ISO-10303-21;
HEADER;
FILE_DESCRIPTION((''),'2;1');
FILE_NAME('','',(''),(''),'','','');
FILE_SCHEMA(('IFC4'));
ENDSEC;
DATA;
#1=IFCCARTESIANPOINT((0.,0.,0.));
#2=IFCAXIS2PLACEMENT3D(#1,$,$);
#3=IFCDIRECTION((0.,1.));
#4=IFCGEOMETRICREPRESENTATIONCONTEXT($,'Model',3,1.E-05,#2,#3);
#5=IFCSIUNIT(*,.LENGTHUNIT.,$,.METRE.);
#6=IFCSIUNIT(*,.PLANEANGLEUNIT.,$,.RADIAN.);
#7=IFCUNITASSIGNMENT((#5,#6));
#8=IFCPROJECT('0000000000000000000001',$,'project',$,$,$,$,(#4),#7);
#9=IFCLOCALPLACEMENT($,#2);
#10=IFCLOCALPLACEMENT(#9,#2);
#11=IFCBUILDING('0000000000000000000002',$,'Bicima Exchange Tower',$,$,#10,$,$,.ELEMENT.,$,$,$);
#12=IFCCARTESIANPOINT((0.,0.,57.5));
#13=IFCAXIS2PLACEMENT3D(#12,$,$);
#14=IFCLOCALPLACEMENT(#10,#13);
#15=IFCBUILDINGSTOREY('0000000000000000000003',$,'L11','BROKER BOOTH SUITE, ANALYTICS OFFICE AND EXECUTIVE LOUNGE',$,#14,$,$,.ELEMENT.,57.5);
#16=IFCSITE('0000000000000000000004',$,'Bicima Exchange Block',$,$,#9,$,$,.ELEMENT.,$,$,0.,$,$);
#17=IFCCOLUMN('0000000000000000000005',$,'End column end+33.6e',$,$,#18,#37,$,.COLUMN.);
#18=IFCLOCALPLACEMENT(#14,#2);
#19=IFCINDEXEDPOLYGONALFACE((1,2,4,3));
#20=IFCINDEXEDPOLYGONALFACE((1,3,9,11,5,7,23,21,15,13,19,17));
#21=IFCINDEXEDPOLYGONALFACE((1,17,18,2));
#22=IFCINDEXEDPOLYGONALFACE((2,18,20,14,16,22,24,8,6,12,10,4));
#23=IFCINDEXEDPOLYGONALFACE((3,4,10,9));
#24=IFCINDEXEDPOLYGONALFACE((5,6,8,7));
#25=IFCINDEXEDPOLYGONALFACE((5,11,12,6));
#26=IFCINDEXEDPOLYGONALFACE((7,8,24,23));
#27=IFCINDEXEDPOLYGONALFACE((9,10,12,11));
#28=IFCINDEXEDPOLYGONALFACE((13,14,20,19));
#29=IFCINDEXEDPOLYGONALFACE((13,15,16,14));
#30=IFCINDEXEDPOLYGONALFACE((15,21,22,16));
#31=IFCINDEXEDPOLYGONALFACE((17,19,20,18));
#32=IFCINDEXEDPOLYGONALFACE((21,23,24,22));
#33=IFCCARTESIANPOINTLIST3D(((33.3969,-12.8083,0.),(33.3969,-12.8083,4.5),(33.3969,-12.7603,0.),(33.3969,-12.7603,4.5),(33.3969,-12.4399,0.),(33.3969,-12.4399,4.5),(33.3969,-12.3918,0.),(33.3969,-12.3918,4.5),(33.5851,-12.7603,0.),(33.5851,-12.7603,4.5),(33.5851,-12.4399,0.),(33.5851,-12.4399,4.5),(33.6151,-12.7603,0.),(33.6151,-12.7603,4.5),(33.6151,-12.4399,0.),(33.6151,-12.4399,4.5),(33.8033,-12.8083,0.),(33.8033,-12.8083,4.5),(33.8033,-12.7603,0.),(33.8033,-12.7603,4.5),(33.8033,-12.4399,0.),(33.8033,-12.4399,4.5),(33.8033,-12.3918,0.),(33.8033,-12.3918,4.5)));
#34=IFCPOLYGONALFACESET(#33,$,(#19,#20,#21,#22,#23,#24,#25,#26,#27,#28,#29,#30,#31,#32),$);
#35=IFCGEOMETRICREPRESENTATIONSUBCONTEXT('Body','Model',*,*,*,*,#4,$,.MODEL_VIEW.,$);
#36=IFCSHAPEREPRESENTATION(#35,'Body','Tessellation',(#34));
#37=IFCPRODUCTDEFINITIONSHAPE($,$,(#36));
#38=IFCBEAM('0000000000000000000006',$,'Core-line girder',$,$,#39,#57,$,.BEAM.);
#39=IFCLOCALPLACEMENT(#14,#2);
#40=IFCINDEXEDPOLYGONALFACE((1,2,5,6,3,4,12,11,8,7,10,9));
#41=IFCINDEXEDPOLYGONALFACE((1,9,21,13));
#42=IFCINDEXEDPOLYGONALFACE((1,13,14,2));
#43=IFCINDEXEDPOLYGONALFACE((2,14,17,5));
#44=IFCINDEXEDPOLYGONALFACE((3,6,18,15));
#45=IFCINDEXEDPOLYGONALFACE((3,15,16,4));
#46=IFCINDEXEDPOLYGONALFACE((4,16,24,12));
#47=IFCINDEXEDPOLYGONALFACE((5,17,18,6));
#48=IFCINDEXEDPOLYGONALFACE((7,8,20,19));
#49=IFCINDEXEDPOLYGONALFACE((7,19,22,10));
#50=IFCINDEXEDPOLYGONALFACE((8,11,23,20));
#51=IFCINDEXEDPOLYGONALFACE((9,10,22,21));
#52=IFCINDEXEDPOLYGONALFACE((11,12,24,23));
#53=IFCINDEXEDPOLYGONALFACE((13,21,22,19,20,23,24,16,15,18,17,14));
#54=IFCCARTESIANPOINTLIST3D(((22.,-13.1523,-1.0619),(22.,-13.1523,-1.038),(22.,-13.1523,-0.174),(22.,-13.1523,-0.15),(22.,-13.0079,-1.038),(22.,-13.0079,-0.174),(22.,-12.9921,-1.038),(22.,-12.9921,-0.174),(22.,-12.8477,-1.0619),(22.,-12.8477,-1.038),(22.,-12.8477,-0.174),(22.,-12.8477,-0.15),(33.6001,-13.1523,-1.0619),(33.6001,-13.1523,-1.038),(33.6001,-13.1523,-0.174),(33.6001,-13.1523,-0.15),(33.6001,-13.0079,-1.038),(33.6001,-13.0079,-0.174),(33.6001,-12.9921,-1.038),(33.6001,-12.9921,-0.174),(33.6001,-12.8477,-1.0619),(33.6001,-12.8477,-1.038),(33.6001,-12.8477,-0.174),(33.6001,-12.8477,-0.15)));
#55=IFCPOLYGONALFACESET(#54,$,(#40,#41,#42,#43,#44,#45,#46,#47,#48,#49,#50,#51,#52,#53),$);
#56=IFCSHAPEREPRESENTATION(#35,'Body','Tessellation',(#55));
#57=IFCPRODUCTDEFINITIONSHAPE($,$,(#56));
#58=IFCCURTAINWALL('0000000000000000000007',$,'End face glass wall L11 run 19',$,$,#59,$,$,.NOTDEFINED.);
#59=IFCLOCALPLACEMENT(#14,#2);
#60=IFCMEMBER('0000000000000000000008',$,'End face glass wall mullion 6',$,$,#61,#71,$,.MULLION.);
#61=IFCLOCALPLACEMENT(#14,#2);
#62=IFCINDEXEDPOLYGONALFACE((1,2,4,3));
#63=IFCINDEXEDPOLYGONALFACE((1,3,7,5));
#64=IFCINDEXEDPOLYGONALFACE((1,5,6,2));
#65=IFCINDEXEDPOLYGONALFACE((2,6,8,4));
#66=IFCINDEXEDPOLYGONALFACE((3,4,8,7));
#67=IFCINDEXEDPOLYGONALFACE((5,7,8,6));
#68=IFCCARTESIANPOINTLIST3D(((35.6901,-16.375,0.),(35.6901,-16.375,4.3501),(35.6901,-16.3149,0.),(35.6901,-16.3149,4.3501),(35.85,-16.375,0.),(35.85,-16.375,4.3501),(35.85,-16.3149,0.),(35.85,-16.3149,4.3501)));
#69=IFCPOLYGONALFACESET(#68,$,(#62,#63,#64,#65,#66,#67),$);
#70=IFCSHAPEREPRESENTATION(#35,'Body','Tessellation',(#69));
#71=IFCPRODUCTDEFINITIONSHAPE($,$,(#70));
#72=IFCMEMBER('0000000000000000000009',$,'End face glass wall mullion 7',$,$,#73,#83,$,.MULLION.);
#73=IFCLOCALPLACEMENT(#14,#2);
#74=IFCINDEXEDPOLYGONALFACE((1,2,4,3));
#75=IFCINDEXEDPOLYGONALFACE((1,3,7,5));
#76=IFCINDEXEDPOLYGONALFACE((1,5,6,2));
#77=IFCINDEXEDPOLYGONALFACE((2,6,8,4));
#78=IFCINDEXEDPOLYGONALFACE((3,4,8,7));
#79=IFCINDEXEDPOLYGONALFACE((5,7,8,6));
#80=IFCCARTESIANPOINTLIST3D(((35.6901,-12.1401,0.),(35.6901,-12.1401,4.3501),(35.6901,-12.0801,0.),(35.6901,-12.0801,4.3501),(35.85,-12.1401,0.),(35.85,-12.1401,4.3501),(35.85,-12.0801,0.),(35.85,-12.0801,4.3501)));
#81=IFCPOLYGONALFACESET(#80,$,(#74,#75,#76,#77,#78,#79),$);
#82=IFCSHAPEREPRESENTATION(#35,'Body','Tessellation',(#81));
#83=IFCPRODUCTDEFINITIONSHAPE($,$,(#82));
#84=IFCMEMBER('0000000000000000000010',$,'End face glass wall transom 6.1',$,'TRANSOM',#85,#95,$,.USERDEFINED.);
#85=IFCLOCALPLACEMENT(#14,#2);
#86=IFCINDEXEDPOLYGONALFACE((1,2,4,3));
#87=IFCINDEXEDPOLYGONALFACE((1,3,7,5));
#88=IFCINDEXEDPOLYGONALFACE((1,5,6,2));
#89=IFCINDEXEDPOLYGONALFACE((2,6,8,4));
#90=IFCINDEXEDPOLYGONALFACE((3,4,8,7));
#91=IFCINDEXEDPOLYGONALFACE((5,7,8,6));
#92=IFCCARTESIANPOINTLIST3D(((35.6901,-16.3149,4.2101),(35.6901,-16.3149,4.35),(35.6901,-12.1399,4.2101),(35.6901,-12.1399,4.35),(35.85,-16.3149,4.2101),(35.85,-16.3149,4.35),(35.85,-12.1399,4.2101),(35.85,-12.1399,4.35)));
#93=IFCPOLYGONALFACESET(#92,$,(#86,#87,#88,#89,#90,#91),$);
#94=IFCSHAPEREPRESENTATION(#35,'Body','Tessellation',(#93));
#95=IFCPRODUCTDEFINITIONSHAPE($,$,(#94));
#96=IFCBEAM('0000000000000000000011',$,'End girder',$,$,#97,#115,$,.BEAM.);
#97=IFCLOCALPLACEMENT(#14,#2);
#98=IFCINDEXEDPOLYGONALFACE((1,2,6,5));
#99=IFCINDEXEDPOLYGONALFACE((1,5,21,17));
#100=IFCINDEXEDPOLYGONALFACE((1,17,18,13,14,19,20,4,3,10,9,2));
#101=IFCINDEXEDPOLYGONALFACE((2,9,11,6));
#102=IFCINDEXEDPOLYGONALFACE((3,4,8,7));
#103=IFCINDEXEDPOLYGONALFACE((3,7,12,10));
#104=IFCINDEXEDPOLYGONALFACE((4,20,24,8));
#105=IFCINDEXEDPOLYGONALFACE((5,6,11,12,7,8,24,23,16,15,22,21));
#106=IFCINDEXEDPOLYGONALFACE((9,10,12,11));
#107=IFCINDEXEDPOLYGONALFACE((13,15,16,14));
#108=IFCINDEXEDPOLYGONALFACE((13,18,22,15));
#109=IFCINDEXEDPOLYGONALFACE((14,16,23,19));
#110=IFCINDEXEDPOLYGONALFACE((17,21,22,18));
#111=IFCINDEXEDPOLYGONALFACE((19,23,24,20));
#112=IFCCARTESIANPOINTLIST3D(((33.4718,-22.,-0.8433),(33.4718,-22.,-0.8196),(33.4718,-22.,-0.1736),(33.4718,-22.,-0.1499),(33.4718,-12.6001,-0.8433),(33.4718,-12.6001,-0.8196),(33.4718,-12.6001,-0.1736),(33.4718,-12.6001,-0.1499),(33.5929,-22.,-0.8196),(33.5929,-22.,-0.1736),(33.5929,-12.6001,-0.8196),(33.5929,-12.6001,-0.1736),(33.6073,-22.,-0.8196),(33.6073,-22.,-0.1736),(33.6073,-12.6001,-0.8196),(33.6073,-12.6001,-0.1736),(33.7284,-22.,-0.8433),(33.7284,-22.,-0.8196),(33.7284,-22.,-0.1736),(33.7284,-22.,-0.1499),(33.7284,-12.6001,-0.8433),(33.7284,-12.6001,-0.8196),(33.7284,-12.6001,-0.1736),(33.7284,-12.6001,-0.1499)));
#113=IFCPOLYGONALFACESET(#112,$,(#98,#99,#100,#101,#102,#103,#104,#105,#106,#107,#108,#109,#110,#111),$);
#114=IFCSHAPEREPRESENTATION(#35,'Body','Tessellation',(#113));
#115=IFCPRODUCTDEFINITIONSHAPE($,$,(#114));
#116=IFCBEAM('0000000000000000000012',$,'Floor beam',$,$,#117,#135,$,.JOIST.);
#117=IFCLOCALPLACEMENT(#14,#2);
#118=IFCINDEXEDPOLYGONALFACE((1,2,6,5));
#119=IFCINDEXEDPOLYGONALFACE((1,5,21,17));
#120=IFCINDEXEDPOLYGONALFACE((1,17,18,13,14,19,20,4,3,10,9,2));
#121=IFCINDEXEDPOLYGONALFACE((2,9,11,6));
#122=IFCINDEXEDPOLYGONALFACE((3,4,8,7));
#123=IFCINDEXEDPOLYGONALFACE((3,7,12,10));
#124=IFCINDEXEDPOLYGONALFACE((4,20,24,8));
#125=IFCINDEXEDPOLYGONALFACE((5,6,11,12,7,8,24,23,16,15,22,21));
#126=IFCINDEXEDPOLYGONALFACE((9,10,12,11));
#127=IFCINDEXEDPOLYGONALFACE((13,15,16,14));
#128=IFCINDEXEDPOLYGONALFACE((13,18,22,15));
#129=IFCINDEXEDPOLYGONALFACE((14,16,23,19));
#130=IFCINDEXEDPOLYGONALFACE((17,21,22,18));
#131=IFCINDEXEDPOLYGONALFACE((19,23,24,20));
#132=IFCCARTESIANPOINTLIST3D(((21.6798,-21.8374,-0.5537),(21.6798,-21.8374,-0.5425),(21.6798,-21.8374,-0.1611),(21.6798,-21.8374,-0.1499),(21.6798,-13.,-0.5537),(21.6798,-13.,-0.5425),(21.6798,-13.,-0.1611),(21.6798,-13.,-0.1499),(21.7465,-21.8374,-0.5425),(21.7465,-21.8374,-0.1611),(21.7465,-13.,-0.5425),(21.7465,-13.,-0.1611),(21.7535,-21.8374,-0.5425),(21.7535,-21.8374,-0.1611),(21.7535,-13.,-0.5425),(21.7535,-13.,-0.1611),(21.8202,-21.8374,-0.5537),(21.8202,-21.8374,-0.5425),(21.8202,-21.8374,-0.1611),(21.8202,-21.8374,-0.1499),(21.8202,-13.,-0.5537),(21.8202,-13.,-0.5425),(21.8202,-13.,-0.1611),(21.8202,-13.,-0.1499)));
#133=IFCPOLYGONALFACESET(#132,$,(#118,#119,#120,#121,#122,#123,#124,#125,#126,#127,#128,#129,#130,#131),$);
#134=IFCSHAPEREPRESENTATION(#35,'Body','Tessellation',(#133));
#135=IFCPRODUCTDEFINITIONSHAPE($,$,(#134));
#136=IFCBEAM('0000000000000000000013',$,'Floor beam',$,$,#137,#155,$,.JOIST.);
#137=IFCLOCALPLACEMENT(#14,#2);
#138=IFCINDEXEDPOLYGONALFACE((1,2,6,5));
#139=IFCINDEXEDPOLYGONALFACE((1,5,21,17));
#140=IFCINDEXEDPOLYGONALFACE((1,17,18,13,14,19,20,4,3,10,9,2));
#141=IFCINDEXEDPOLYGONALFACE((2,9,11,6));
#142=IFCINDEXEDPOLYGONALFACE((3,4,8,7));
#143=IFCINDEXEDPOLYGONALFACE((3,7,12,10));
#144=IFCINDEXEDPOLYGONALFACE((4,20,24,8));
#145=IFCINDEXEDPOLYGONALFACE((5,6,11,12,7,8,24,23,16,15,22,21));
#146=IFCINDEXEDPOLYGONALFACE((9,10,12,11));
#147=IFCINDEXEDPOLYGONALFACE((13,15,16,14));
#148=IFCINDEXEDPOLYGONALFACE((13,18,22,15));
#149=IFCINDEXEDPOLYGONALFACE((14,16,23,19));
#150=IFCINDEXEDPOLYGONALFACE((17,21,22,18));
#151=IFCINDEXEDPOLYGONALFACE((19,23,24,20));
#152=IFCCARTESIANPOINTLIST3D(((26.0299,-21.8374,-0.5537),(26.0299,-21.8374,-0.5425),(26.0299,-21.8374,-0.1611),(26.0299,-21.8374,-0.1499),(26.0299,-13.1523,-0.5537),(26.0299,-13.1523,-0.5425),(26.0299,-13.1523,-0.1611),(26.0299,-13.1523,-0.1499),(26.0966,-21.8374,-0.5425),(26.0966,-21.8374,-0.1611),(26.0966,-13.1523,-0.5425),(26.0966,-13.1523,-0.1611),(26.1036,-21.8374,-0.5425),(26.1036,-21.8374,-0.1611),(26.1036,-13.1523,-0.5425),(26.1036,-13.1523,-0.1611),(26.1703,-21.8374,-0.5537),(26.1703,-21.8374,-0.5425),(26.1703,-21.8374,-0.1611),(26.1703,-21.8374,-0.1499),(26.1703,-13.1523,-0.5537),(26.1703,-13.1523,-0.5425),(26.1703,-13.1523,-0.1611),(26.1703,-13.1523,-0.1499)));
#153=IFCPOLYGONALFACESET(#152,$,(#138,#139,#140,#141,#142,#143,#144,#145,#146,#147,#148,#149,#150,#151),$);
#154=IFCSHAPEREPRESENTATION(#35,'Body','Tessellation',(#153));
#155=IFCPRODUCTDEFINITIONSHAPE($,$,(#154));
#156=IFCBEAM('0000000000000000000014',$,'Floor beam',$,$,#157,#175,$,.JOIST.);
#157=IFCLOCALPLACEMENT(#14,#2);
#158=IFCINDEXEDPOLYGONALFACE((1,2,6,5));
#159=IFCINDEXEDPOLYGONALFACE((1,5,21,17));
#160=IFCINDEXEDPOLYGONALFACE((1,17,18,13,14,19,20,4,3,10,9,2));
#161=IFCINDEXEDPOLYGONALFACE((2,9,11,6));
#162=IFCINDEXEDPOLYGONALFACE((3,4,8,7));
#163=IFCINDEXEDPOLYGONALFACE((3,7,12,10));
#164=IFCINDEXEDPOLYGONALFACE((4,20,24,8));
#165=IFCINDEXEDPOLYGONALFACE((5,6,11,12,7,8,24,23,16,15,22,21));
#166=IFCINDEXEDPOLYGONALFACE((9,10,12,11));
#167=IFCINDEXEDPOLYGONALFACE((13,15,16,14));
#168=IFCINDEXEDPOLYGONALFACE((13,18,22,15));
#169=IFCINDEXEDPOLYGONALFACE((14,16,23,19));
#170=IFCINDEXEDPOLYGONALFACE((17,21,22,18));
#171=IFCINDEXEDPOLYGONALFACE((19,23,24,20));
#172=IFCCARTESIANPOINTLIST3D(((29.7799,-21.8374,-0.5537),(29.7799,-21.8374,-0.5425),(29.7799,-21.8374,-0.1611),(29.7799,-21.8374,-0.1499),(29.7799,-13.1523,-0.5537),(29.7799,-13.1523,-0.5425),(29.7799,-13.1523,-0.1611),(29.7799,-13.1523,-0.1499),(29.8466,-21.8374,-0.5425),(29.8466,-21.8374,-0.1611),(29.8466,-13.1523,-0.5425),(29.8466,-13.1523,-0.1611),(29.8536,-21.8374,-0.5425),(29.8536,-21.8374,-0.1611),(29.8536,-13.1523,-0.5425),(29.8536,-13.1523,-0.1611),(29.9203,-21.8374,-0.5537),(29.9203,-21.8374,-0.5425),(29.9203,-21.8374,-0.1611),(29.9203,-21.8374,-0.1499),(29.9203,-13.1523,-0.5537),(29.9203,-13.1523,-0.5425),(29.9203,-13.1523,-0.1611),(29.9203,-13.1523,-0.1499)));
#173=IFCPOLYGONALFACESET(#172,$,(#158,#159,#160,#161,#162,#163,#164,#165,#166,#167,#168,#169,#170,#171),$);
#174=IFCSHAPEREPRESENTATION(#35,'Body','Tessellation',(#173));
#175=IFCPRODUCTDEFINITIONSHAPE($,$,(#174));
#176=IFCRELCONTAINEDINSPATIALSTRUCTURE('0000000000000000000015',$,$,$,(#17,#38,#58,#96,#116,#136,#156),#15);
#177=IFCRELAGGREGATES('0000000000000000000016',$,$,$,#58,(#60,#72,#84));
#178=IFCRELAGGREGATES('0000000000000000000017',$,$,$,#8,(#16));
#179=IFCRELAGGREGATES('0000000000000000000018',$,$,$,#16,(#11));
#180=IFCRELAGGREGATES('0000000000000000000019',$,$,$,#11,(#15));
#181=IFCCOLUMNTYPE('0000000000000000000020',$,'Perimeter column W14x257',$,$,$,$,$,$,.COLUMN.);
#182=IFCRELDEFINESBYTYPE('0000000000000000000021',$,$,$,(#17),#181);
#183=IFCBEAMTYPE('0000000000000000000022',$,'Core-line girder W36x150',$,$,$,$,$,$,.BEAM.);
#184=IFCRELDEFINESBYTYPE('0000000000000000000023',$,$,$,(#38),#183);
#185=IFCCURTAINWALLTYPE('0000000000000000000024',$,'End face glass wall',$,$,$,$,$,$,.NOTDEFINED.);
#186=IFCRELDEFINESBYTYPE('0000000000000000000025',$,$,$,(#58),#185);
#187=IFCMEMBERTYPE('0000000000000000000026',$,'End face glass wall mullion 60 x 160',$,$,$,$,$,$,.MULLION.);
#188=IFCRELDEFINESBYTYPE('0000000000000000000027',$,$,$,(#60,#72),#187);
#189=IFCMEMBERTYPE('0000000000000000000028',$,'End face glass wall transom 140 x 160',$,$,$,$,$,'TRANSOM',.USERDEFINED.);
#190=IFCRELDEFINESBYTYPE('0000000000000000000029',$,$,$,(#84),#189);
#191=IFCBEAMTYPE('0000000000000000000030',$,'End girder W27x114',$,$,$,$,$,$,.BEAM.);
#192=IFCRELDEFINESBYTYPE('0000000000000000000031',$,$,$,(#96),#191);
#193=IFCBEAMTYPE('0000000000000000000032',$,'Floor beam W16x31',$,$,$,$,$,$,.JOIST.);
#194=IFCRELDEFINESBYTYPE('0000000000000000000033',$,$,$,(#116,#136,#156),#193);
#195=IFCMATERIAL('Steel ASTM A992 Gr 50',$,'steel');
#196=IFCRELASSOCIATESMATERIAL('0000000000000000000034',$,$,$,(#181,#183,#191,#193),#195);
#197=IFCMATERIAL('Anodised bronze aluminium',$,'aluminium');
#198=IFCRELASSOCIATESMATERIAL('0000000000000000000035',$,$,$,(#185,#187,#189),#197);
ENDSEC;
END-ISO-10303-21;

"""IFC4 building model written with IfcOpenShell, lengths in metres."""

from ifc_helpers import new_model, si_unit, direction, frame, origin, origin_2d, place, context, subcontext, project, spatial, rectangle, i_section, extrude, material, material_profile, profile_set, type_object, element, aggregate, save


model = new_model("IFC4")

# Units and contexts
model_context = context("Model", 3, precision=1e-05, world=origin(), true_north=direction((0.0, 1.0)))
body_context = subcontext(model_context, "Body", "Model", "MODEL_VIEW")
ifc_project = project(units=[si_unit("LENGTHUNIT", "METRE"), si_unit("PLANEANGLEUNIT", "RADIAN")], contexts=[model_context])

# Site, building, storey
site_placement = place(None, origin())
site = spatial("IfcSite", under=ifc_project, at=site_placement, Name="Bicima Exchange Block", CompositionType="ELEMENT", RefElevation=0.0)
building_placement = place(site_placement, origin())
building = spatial("IfcBuilding", under=site, at=building_placement, Name="Bicima Exchange Tower", CompositionType="ELEMENT")
storey_placement = place(building_placement, frame((0.0, 0.0, 57.5)))
storey = spatial("IfcBuildingStorey", under=building, at=storey_placement, Name="L11", Description="BROKER BOOTH SUITE, ANALYTICS OFFICE AND EXECUTIVE LOUNGE", CompositionType="ELEMENT", Elevation=57.5)

# Column
ifc_material_1 = material(Name="Steel ASTM A992 Gr 50", Category="steel")
ifc_material_profile_1 = material_profile(ifc_material_1, i_section(OverallWidth=0.4065, OverallDepth=0.4165, WebThickness=0.03, FlangeThickness=0.0481, at=origin_2d()))
ifc_profile_set_1 = profile_set([ifc_material_profile_1], Name="Steel ASTM A992 Gr 50")
column_type = type_object("IfcColumnType", Name="Perimeter column W14x257", PredefinedType="COLUMN", material=ifc_profile_set_1)
column_placement = place(storey_placement, frame((33.6001, -12.6001, 0.0), z_axis=(0.0, 0.0, 1.0), x_axis=(1.0, 0.0, 0.0)))
element("IfcColumn", 1, at=column_placement, inside=storey, type_object=column_type, Name="End column end+33.6e", PredefinedType="COLUMN", context=body_context, shape_type="SweptSolid", body=[
    extrude(i_section(OverallWidth=0.4065, OverallDepth=0.4165, WebThickness=0.03, FlangeThickness=0.0481, at=origin_2d()), origin(), (0.0, 0.0, 1.0), 4.5),
])

# Beam
ifc_material_profile_2 = material_profile(ifc_material_1, i_section(OverallWidth=0.3047, OverallDepth=0.9119, WebThickness=0.0159, FlangeThickness=0.0239, at=origin_2d()))
ifc_profile_set_2 = profile_set([ifc_material_profile_2], Name="Steel ASTM A992 Gr 50")
beam_type_1 = type_object("IfcBeamType", Name="Core-line girder W36x150", PredefinedType="BEAM", material=ifc_profile_set_2)
beam_1_placement = place(storey_placement, frame((22.0, -13.0, -0.606), z_axis=(1.0, 0.0, 0.0), x_axis=(0.0, 1.0, 0.0)))
element("IfcBeam", 2, at=beam_1_placement, inside=storey, type_object=beam_type_1, Name="Core-line girder", PredefinedType="BEAM", context=body_context, shape_type="SweptSolid", body=[
    extrude(i_section(OverallWidth=0.3047, OverallDepth=0.9119, WebThickness=0.0159, FlangeThickness=0.0239, at=origin_2d()), origin(), (0.0, 0.0, 1.0), 11.6001),
])

# Curtain wall, members
ifc_material_2 = material(Name="Anodised bronze aluminium", Category="aluminium")
curtain_wall_type = type_object("IfcCurtainWallType", Name="End face glass wall", PredefinedType="NOTDEFINED", material=ifc_material_2)
curtain_wall_placement = place(storey_placement, origin())
curtain_wall = element("IfcCurtainWall", 3, at=curtain_wall_placement, inside=storey, type_object=curtain_wall_type, Name="End face glass wall L11 run 19", PredefinedType="NOTDEFINED")
ifc_material_profile_3 = material_profile(ifc_material_2, rectangle(XDim=0.1599, YDim=0.0601, at=origin_2d()))
ifc_profile_set_3 = profile_set([ifc_material_profile_3], Name="Anodised bronze aluminium")
member_type_1 = type_object("IfcMemberType", Name="End face glass wall mullion 60 x 160", PredefinedType="MULLION", material=ifc_profile_set_3)
member_1_placement = place(storey_placement, frame((35.77, -16.345, 0.0), z_axis=(0.0, 0.0, 1.0), x_axis=(-1.0, 0.0, 0.0)))
member_1 = element("IfcMember", 4, at=member_1_placement, type_object=member_type_1, Name="End face glass wall mullion 6", PredefinedType="MULLION", context=body_context, shape_type="SweptSolid", body=[
    extrude(rectangle(XDim=0.1599, YDim=0.0601, at=origin_2d()), origin(), (0.0, 0.0, 1.0), 4.3501),
])
member_2_placement = place(storey_placement, frame((35.77, -12.1101, 0.0), z_axis=(0.0, 0.0, 1.0), x_axis=(-1.0, 0.0, 0.0)))
member_2 = element("IfcMember", 5, at=member_2_placement, type_object=member_type_1, Name="End face glass wall mullion 7", PredefinedType="MULLION", context=body_context, shape_type="SweptSolid", body=[
    extrude(rectangle(XDim=0.1599, YDim=0.0601, at=origin_2d()), origin(), (0.0, 0.0, 1.0), 4.3501),
])
ifc_material_profile_4 = material_profile(ifc_material_2, rectangle(XDim=0.1599, YDim=0.1399, at=origin_2d()))
ifc_profile_set_4 = profile_set([ifc_material_profile_4], Name="Anodised bronze aluminium")
member_type_2 = type_object("IfcMemberType", Name="End face glass wall transom 140 x 160", ElementType="TRANSOM", PredefinedType="USERDEFINED", material=ifc_profile_set_4)
member_3_placement = place(storey_placement, frame((35.77, -16.3149, 4.28), z_axis=(0.0, 1.0, 0.0), x_axis=(-1.0, 0.0, 0.0)))
member_3 = element("IfcMember", 6, at=member_3_placement, type_object=member_type_2, Name="End face glass wall transom 6.1", ObjectType="TRANSOM", PredefinedType="USERDEFINED", context=body_context, shape_type="SweptSolid", body=[
    extrude(rectangle(XDim=0.1599, YDim=0.1399, at=origin_2d()), origin(), (0.0, 0.0, 1.0), 4.175),
])

# Beams
ifc_material_profile_5 = material_profile(ifc_material_1, i_section(OverallWidth=0.2566, OverallDepth=0.6934, WebThickness=0.0144, FlangeThickness=0.0237, at=origin_2d()))
ifc_profile_set_5 = profile_set([ifc_material_profile_5], Name="Steel ASTM A992 Gr 50")
beam_type_2 = type_object("IfcBeamType", Name="End girder W27x114", PredefinedType="BEAM", material=ifc_profile_set_5)
beam_2_placement = place(storey_placement, frame((33.6001, -12.6001, -0.4966), z_axis=(0.0, -1.0, 0.0), x_axis=(1.0, 0.0, 0.0)))
element("IfcBeam", 7, at=beam_2_placement, inside=storey, type_object=beam_type_2, Name="End girder", PredefinedType="BEAM", context=body_context, shape_type="SweptSolid", body=[
    extrude(i_section(OverallWidth=0.2566, OverallDepth=0.6934, WebThickness=0.0144, FlangeThickness=0.0237, at=origin_2d()), origin(), (0.0, 0.0, 1.0), 9.3999),
])
ifc_material_profile_6 = material_profile(ifc_material_1, i_section(OverallWidth=0.1404, OverallDepth=0.4038, WebThickness=0.0071, FlangeThickness=0.0112, at=origin_2d()))
ifc_profile_set_6 = profile_set([ifc_material_profile_6], Name="Steel ASTM A992 Gr 50")
beam_type_3 = type_object("IfcBeamType", Name="Floor beam W16x31", PredefinedType="JOIST", material=ifc_profile_set_6)
beam_3_placement = place(storey_placement, frame((21.75, -13.0, -0.3518), z_axis=(0.0, -1.0, 0.0), x_axis=(1.0, 0.0, 0.0)))
element("IfcBeam", 8, at=beam_3_placement, inside=storey, type_object=beam_type_3, Name="Floor beam", PredefinedType="JOIST", context=body_context, shape_type="SweptSolid", body=[
    extrude(i_section(OverallWidth=0.1404, OverallDepth=0.4038, WebThickness=0.0071, FlangeThickness=0.0112, at=origin_2d()), origin(), (0.0, 0.0, 1.0), 8.8374),
])
for number, where, z_axis, x_axis, name in (
    (9, (26.1001, -13.1523, -0.3518), (0.0, -1.0, 0.0), (1.0, 0.0, 0.0), "Floor beam"),
    (10, (29.8501, -13.1523, -0.3518), (0.0, -1.0, 0.0), (1.0, 0.0, 0.0), "Floor beam"),
):
    element("IfcBeam", number, at=place(storey_placement, frame(where, z_axis=z_axis, x_axis=x_axis)), inside=storey, type_object=beam_type_3, Name=name, PredefinedType="JOIST", context=body_context, shape_type="SweptSolid", body=[
        extrude(i_section(OverallWidth=0.1404, OverallDepth=0.4038, WebThickness=0.0071, FlangeThickness=0.0112, at=origin_2d()), origin(), (0.0, 0.0, 1.0), 8.6851),
    ])

aggregate(curtain_wall, [member_1, member_2, member_3])

save(model, "model.ifc")
